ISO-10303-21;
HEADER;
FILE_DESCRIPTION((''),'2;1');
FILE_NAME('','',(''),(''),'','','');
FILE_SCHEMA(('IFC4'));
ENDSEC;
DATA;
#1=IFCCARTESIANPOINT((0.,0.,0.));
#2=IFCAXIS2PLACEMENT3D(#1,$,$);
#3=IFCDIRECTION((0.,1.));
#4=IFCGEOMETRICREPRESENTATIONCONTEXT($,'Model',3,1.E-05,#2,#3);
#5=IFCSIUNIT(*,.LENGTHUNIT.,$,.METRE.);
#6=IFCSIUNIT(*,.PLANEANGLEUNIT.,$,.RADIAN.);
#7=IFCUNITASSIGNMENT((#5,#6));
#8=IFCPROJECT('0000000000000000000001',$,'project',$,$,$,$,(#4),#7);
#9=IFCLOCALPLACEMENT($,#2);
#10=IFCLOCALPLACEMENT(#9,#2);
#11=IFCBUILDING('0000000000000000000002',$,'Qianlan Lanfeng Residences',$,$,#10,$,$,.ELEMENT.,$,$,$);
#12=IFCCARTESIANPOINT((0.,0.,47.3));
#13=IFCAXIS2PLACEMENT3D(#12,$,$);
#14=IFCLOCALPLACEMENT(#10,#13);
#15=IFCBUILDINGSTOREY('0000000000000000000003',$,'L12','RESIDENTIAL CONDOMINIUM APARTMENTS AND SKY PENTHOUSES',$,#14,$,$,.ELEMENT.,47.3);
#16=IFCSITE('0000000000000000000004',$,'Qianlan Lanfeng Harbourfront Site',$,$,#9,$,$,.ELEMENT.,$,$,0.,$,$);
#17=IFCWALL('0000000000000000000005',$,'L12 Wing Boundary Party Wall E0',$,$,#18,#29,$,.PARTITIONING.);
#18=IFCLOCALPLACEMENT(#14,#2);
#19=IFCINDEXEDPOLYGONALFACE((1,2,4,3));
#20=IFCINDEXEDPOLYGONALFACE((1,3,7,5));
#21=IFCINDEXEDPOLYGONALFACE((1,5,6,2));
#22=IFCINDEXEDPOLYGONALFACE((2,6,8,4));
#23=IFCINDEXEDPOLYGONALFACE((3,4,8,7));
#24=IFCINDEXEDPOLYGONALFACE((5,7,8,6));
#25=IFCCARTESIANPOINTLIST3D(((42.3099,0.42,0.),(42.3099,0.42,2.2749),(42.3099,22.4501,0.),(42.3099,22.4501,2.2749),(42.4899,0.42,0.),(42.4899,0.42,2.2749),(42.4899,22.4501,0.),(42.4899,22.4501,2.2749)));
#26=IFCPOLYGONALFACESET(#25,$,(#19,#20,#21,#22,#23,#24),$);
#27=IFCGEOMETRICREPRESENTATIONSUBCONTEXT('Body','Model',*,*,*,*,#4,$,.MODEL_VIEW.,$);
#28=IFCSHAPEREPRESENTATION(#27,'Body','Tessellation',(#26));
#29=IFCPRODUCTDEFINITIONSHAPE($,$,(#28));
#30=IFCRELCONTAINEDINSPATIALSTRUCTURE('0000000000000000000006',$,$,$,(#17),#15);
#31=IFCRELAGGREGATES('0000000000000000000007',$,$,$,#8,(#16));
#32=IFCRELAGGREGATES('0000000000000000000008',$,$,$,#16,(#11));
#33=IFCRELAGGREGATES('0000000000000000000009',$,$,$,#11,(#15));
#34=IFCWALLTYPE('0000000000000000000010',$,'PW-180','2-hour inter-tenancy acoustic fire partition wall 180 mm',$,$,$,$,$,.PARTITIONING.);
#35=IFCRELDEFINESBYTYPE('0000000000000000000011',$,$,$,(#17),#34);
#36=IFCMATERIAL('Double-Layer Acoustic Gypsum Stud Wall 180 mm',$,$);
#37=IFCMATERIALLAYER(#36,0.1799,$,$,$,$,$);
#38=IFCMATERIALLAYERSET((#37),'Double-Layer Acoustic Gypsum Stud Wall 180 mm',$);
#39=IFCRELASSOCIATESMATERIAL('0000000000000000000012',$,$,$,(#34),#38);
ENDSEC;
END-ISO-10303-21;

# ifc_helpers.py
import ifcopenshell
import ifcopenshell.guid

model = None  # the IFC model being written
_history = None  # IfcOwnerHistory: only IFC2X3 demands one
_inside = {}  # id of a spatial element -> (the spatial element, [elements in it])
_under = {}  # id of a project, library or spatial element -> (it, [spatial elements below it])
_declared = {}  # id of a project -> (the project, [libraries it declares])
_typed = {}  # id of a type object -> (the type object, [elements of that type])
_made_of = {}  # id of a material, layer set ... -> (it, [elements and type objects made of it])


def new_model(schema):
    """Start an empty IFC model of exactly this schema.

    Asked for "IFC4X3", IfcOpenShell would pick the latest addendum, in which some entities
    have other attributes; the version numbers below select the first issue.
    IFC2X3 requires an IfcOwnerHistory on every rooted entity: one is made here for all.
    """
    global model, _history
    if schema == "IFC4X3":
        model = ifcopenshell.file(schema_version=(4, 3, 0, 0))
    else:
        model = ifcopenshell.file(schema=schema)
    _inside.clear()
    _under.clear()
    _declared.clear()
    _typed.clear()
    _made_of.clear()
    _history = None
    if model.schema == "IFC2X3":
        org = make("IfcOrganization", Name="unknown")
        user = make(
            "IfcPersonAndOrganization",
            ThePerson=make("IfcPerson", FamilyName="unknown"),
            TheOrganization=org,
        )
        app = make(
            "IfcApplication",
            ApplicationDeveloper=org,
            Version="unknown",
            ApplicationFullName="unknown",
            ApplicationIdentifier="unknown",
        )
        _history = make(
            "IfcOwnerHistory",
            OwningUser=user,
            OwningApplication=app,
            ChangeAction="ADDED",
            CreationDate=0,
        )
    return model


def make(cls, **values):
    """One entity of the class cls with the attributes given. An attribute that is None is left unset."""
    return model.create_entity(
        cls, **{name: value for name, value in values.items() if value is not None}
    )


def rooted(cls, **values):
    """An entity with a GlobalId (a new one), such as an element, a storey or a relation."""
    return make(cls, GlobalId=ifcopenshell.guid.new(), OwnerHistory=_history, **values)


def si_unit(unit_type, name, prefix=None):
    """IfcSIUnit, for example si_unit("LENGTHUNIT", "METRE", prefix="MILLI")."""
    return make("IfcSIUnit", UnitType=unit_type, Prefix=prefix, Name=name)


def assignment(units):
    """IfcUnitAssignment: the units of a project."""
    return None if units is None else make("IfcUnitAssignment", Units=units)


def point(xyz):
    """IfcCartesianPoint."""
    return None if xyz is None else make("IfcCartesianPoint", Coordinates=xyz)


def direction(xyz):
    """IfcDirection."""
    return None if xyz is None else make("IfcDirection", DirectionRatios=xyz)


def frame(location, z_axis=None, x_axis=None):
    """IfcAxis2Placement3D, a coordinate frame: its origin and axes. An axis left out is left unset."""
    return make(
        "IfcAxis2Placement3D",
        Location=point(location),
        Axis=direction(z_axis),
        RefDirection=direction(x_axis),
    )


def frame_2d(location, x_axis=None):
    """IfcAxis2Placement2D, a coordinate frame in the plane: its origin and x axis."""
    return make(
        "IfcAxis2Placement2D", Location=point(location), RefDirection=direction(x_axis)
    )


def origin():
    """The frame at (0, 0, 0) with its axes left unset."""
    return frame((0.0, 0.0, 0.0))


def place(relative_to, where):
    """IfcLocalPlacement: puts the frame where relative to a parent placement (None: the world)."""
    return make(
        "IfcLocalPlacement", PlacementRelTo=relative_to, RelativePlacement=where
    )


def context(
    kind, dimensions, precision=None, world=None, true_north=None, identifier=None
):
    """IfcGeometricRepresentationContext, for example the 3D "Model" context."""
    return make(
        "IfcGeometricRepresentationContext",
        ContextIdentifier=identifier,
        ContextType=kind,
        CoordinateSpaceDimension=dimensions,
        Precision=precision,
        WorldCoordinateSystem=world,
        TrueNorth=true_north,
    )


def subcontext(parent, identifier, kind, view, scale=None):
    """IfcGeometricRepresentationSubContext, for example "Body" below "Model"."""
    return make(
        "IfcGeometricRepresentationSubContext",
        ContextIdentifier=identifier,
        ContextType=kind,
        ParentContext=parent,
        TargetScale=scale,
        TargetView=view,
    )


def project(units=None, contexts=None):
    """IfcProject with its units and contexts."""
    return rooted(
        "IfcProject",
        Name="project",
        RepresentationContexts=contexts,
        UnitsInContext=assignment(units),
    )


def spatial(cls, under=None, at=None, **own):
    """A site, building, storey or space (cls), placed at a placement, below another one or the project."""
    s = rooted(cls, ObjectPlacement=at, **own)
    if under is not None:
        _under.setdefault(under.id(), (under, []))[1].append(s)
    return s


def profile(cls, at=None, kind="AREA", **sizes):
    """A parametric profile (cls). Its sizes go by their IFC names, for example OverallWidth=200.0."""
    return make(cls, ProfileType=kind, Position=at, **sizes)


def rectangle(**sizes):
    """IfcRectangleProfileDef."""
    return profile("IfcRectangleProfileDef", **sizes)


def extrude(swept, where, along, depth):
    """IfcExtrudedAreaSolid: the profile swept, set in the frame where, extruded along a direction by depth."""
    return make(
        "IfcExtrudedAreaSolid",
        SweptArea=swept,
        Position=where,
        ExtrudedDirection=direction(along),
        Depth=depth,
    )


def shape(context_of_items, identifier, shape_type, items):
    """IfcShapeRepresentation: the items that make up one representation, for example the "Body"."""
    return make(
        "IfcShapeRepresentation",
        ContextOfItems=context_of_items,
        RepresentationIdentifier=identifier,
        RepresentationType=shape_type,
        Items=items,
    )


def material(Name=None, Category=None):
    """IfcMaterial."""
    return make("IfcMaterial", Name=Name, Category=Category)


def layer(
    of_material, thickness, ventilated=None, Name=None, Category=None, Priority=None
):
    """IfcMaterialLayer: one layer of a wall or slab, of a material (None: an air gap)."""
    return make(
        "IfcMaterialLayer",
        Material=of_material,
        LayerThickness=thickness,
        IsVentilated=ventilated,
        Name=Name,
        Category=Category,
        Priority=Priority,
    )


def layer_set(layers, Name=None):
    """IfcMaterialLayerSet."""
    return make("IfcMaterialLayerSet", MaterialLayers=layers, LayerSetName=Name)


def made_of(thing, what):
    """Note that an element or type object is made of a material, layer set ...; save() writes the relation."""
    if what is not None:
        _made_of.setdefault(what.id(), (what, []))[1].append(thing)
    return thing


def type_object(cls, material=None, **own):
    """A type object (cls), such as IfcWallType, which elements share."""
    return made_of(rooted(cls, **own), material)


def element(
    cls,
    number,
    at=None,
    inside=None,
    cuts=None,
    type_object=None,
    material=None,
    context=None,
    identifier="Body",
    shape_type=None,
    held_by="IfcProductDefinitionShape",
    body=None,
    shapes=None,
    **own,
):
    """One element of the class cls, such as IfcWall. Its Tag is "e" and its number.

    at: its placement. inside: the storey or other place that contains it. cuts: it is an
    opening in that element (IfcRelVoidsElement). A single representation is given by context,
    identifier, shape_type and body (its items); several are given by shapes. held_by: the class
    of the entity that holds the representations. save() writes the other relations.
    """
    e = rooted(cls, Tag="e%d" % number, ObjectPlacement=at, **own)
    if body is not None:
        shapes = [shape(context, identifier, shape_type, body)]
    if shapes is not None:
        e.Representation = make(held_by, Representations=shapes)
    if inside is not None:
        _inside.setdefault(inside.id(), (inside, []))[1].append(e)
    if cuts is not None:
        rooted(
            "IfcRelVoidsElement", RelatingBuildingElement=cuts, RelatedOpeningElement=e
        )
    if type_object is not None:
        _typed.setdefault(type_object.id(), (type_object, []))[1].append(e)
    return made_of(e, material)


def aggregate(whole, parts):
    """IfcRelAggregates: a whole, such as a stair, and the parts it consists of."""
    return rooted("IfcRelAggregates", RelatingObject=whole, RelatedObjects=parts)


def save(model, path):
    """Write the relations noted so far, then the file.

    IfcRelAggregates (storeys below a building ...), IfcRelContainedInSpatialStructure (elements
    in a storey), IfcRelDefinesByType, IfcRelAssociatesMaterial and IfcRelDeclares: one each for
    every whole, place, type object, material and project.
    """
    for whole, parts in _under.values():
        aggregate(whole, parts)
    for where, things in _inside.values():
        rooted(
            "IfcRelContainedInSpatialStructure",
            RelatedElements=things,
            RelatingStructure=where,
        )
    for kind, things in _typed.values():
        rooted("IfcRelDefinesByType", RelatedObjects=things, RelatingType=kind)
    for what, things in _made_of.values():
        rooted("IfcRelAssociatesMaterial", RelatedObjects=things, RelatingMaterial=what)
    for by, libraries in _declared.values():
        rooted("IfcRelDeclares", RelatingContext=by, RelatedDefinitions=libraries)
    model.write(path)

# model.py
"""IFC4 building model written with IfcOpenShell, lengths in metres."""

from ifc_helpers import new_model, si_unit, direction, frame, frame_2d, origin, place, context, subcontext, project, spatial, rectangle, extrude, material, layer, layer_set, type_object, element, save


model = new_model("IFC4")

# Units and contexts
model_context = context("Model", 3, precision=1e-05, world=origin(), true_north=direction((0.0, 1.0)))
body_context = subcontext(model_context, "Body", "Model", "MODEL_VIEW")
ifc_project = project(units=[si_unit("LENGTHUNIT", "METRE"), si_unit("PLANEANGLEUNIT", "RADIAN")], contexts=[model_context])

# Site, building, storey
site_placement = place(None, origin())
site = spatial("IfcSite", under=ifc_project, at=site_placement, Name="Qianlan Lanfeng Harbourfront Site", CompositionType="ELEMENT", RefElevation=0.0)
building_placement = place(site_placement, origin())
building = spatial("IfcBuilding", under=site, at=building_placement, Name="Qianlan Lanfeng Residences", CompositionType="ELEMENT")
storey_placement = place(building_placement, frame((0.0, 0.0, 47.3)))
storey = spatial("IfcBuildingStorey", under=building, at=storey_placement, Name="L12", Description="RESIDENTIAL CONDOMINIUM APARTMENTS AND SKY PENTHOUSES", CompositionType="ELEMENT", Elevation=47.3)

# Wall
ifc_material_1 = material(Name="Double-Layer Acoustic Gypsum Stud Wall 180 mm")
ifc_layer_1 = layer(ifc_material_1, 0.1799)
ifc_layer_set_1 = layer_set([ifc_layer_1], Name="Double-Layer Acoustic Gypsum Stud Wall 180 mm")
wall_type_1 = type_object("IfcWallType", Name="PW-180", Description="2-hour inter-tenancy acoustic fire partition wall 180 mm", PredefinedType="PARTITIONING", material=ifc_layer_set_1)
wall_1_placement = place(storey_placement, frame((42.3999, 0.4199, 0.0), z_axis=(0.0, 0.0, 1.0), x_axis=(0.0, 1.0, 0.0)))
element("IfcWall", 1, at=wall_1_placement, inside=storey, type_object=wall_type_1, Name="L12 Wing Boundary Party Wall E0", PredefinedType="PARTITIONING", context=body_context, shape_type="SweptSolid", body=[
    extrude(rectangle(XDim=22.03, YDim=0.1799, at=frame_2d((11.0151, 0.0))), origin(), (0.0, 0.0, 1.0), 2.2749),
])

save(model, "model.ifc")
